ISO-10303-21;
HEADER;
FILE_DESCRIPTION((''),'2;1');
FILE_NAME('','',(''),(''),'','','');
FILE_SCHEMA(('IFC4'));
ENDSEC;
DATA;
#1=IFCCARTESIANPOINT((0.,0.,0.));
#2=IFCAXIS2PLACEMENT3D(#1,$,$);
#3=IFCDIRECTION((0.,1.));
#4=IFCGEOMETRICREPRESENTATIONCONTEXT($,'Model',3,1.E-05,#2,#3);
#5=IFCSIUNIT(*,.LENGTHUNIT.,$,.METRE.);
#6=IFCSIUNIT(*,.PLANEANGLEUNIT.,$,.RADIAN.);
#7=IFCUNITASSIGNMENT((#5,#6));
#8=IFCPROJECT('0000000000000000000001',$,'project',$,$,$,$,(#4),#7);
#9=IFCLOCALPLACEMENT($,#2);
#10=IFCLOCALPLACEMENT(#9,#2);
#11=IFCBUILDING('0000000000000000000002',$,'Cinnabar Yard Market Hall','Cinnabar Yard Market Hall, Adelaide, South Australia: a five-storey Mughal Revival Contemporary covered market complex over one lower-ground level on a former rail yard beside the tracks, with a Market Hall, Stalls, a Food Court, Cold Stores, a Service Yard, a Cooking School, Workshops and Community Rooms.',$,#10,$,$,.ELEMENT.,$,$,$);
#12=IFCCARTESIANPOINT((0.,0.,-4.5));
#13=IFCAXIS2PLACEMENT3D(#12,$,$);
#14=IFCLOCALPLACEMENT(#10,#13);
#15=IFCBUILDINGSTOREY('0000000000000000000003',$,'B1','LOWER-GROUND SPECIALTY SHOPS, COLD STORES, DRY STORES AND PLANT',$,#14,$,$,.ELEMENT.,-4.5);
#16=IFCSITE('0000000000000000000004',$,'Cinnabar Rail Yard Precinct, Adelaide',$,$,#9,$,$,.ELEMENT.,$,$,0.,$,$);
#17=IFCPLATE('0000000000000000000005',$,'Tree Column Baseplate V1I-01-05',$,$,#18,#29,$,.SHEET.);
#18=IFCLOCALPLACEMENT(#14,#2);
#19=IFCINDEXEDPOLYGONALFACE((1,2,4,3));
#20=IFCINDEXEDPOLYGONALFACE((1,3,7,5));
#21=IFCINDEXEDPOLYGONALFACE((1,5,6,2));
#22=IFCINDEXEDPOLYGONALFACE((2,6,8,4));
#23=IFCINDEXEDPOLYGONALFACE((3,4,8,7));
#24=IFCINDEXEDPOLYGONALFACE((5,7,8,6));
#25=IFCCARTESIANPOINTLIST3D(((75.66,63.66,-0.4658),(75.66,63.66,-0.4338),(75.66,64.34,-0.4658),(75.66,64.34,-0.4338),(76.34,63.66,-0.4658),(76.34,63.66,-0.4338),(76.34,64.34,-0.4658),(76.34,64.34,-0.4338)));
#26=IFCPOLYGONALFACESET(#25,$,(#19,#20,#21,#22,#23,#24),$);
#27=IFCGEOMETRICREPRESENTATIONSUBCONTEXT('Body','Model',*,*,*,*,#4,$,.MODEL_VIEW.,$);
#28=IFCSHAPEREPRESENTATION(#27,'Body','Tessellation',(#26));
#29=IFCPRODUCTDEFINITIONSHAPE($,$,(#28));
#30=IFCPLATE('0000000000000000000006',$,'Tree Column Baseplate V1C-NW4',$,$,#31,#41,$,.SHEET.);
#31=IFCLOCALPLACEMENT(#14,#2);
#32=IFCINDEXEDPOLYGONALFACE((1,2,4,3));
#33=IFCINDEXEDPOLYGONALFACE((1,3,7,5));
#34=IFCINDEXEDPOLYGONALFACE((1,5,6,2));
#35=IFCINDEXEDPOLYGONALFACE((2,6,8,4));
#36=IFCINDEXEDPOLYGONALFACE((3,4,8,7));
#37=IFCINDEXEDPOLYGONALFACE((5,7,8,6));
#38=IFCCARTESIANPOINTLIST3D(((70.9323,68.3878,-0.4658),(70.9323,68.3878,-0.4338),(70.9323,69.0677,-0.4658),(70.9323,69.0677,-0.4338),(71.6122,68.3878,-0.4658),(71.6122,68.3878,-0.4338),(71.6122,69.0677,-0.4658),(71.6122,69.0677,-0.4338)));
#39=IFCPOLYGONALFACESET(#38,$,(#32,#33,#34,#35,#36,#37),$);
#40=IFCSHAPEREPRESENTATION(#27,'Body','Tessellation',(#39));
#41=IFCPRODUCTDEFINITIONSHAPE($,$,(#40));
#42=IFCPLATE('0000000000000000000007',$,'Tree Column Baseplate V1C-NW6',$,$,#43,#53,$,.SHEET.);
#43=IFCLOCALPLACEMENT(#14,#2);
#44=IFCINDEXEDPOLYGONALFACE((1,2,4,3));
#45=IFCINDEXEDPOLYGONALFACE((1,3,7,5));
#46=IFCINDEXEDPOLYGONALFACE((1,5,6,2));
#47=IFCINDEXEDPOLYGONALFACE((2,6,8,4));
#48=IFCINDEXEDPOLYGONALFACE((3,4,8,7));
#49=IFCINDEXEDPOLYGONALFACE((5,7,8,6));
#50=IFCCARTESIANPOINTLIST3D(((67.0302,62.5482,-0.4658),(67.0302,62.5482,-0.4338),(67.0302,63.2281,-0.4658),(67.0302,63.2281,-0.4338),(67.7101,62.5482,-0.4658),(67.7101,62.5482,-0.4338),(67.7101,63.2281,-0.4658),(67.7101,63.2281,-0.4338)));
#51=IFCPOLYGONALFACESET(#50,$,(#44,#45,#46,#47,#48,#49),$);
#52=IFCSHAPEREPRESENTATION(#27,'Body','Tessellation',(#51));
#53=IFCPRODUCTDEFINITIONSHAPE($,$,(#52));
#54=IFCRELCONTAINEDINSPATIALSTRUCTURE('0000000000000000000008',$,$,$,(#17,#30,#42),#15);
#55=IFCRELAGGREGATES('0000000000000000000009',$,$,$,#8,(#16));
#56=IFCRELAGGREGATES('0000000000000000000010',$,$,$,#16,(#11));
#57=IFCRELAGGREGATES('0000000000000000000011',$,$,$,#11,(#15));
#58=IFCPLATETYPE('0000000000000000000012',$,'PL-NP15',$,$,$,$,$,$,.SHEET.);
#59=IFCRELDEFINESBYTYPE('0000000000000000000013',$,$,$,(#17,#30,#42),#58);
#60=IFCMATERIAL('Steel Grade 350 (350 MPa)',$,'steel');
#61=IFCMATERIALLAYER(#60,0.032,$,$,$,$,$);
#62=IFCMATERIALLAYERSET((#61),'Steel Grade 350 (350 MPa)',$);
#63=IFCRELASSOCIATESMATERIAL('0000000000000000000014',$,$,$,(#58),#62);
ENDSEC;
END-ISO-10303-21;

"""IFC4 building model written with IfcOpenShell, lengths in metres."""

from ifc_helpers import new_model, si_unit, direction, frame, origin, origin_2d_with_axis, place, context, subcontext, project, spatial, rectangle, extrude, material, layer, layer_set, type_object, element, save


model = new_model("IFC4")

# Units and contexts
model_context = context("Model", 3, precision=1e-05, world=origin(), true_north=direction((0.0, 1.0)))
body_context = subcontext(model_context, "Body", "Model", "MODEL_VIEW")
ifc_project = project(units=[si_unit("LENGTHUNIT", "METRE"), si_unit("PLANEANGLEUNIT", "RADIAN")], contexts=[model_context])

# Site, building, storey
site_placement = place(None, origin())
site = spatial("IfcSite", under=ifc_project, at=site_placement, Name="Cinnabar Rail Yard Precinct, Adelaide", CompositionType="ELEMENT", RefElevation=0.0)
building_placement = place(site_placement, origin())
building = spatial("IfcBuilding", under=site, at=building_placement, Name="Cinnabar Yard Market Hall", Description="Cinnabar Yard Market Hall, Adelaide, South Australia: a five-storey Mughal Revival Contemporary covered market complex over one lower-ground level on a former rail yard beside the tracks, with a Market Hall, Stalls, a Food Court, Cold Stores, a Service Yard, a Cooking School, Workshops and Community Rooms.", CompositionType="ELEMENT")
storey_placement = place(building_placement, frame((0.0, 0.0, -4.5)))
storey = spatial("IfcBuildingStorey", under=building, at=storey_placement, Name="B1", Description="LOWER-GROUND SPECIALTY SHOPS, COLD STORES, DRY STORES AND PLANT", CompositionType="ELEMENT", Elevation=-4.5)

# Plates
ifc_material_1 = material(Name="Steel Grade 350 (350 MPa)", Category="steel")
ifc_layer_1 = layer(ifc_material_1, 0.032)
ifc_layer_set_1 = layer_set([ifc_layer_1], Name="Steel Grade 350 (350 MPa)")
plate_type = type_object("IfcPlateType", Name="PL-NP15", PredefinedType="SHEET", material=ifc_layer_set_1)
for number, where, z_axis, x_axis, name in (
    (1, (76.0, 64.0, -0.4658), (0.0, 0.0, 1.0), (1.0, 0.0, 0.0), "Tree Column Baseplate V1I-01-05"),
    (2, (71.2722, 68.7278, -0.4658), (0.0, 0.0, 1.0), (1.0, 0.0, 0.0), "Tree Column Baseplate V1C-NW4"),
    (3, (67.3701, 62.8882, -0.4658), (0.0, 0.0, 1.0), (1.0, 0.0, 0.0), "Tree Column Baseplate V1C-NW6"),
):
    element("IfcPlate", number, at=place(storey_placement, frame(where, z_axis=z_axis, x_axis=x_axis)), inside=storey, type_object=plate_type, Name=name, PredefinedType="SHEET", context=body_context, shape_type="SweptSolid", body=[
        extrude(rectangle(XDim=0.6799, YDim=0.6799, at=origin_2d_with_axis()), origin(), (0.0, 0.0, 1.0), 0.032),
    ])

save(model, "model.ifc")
